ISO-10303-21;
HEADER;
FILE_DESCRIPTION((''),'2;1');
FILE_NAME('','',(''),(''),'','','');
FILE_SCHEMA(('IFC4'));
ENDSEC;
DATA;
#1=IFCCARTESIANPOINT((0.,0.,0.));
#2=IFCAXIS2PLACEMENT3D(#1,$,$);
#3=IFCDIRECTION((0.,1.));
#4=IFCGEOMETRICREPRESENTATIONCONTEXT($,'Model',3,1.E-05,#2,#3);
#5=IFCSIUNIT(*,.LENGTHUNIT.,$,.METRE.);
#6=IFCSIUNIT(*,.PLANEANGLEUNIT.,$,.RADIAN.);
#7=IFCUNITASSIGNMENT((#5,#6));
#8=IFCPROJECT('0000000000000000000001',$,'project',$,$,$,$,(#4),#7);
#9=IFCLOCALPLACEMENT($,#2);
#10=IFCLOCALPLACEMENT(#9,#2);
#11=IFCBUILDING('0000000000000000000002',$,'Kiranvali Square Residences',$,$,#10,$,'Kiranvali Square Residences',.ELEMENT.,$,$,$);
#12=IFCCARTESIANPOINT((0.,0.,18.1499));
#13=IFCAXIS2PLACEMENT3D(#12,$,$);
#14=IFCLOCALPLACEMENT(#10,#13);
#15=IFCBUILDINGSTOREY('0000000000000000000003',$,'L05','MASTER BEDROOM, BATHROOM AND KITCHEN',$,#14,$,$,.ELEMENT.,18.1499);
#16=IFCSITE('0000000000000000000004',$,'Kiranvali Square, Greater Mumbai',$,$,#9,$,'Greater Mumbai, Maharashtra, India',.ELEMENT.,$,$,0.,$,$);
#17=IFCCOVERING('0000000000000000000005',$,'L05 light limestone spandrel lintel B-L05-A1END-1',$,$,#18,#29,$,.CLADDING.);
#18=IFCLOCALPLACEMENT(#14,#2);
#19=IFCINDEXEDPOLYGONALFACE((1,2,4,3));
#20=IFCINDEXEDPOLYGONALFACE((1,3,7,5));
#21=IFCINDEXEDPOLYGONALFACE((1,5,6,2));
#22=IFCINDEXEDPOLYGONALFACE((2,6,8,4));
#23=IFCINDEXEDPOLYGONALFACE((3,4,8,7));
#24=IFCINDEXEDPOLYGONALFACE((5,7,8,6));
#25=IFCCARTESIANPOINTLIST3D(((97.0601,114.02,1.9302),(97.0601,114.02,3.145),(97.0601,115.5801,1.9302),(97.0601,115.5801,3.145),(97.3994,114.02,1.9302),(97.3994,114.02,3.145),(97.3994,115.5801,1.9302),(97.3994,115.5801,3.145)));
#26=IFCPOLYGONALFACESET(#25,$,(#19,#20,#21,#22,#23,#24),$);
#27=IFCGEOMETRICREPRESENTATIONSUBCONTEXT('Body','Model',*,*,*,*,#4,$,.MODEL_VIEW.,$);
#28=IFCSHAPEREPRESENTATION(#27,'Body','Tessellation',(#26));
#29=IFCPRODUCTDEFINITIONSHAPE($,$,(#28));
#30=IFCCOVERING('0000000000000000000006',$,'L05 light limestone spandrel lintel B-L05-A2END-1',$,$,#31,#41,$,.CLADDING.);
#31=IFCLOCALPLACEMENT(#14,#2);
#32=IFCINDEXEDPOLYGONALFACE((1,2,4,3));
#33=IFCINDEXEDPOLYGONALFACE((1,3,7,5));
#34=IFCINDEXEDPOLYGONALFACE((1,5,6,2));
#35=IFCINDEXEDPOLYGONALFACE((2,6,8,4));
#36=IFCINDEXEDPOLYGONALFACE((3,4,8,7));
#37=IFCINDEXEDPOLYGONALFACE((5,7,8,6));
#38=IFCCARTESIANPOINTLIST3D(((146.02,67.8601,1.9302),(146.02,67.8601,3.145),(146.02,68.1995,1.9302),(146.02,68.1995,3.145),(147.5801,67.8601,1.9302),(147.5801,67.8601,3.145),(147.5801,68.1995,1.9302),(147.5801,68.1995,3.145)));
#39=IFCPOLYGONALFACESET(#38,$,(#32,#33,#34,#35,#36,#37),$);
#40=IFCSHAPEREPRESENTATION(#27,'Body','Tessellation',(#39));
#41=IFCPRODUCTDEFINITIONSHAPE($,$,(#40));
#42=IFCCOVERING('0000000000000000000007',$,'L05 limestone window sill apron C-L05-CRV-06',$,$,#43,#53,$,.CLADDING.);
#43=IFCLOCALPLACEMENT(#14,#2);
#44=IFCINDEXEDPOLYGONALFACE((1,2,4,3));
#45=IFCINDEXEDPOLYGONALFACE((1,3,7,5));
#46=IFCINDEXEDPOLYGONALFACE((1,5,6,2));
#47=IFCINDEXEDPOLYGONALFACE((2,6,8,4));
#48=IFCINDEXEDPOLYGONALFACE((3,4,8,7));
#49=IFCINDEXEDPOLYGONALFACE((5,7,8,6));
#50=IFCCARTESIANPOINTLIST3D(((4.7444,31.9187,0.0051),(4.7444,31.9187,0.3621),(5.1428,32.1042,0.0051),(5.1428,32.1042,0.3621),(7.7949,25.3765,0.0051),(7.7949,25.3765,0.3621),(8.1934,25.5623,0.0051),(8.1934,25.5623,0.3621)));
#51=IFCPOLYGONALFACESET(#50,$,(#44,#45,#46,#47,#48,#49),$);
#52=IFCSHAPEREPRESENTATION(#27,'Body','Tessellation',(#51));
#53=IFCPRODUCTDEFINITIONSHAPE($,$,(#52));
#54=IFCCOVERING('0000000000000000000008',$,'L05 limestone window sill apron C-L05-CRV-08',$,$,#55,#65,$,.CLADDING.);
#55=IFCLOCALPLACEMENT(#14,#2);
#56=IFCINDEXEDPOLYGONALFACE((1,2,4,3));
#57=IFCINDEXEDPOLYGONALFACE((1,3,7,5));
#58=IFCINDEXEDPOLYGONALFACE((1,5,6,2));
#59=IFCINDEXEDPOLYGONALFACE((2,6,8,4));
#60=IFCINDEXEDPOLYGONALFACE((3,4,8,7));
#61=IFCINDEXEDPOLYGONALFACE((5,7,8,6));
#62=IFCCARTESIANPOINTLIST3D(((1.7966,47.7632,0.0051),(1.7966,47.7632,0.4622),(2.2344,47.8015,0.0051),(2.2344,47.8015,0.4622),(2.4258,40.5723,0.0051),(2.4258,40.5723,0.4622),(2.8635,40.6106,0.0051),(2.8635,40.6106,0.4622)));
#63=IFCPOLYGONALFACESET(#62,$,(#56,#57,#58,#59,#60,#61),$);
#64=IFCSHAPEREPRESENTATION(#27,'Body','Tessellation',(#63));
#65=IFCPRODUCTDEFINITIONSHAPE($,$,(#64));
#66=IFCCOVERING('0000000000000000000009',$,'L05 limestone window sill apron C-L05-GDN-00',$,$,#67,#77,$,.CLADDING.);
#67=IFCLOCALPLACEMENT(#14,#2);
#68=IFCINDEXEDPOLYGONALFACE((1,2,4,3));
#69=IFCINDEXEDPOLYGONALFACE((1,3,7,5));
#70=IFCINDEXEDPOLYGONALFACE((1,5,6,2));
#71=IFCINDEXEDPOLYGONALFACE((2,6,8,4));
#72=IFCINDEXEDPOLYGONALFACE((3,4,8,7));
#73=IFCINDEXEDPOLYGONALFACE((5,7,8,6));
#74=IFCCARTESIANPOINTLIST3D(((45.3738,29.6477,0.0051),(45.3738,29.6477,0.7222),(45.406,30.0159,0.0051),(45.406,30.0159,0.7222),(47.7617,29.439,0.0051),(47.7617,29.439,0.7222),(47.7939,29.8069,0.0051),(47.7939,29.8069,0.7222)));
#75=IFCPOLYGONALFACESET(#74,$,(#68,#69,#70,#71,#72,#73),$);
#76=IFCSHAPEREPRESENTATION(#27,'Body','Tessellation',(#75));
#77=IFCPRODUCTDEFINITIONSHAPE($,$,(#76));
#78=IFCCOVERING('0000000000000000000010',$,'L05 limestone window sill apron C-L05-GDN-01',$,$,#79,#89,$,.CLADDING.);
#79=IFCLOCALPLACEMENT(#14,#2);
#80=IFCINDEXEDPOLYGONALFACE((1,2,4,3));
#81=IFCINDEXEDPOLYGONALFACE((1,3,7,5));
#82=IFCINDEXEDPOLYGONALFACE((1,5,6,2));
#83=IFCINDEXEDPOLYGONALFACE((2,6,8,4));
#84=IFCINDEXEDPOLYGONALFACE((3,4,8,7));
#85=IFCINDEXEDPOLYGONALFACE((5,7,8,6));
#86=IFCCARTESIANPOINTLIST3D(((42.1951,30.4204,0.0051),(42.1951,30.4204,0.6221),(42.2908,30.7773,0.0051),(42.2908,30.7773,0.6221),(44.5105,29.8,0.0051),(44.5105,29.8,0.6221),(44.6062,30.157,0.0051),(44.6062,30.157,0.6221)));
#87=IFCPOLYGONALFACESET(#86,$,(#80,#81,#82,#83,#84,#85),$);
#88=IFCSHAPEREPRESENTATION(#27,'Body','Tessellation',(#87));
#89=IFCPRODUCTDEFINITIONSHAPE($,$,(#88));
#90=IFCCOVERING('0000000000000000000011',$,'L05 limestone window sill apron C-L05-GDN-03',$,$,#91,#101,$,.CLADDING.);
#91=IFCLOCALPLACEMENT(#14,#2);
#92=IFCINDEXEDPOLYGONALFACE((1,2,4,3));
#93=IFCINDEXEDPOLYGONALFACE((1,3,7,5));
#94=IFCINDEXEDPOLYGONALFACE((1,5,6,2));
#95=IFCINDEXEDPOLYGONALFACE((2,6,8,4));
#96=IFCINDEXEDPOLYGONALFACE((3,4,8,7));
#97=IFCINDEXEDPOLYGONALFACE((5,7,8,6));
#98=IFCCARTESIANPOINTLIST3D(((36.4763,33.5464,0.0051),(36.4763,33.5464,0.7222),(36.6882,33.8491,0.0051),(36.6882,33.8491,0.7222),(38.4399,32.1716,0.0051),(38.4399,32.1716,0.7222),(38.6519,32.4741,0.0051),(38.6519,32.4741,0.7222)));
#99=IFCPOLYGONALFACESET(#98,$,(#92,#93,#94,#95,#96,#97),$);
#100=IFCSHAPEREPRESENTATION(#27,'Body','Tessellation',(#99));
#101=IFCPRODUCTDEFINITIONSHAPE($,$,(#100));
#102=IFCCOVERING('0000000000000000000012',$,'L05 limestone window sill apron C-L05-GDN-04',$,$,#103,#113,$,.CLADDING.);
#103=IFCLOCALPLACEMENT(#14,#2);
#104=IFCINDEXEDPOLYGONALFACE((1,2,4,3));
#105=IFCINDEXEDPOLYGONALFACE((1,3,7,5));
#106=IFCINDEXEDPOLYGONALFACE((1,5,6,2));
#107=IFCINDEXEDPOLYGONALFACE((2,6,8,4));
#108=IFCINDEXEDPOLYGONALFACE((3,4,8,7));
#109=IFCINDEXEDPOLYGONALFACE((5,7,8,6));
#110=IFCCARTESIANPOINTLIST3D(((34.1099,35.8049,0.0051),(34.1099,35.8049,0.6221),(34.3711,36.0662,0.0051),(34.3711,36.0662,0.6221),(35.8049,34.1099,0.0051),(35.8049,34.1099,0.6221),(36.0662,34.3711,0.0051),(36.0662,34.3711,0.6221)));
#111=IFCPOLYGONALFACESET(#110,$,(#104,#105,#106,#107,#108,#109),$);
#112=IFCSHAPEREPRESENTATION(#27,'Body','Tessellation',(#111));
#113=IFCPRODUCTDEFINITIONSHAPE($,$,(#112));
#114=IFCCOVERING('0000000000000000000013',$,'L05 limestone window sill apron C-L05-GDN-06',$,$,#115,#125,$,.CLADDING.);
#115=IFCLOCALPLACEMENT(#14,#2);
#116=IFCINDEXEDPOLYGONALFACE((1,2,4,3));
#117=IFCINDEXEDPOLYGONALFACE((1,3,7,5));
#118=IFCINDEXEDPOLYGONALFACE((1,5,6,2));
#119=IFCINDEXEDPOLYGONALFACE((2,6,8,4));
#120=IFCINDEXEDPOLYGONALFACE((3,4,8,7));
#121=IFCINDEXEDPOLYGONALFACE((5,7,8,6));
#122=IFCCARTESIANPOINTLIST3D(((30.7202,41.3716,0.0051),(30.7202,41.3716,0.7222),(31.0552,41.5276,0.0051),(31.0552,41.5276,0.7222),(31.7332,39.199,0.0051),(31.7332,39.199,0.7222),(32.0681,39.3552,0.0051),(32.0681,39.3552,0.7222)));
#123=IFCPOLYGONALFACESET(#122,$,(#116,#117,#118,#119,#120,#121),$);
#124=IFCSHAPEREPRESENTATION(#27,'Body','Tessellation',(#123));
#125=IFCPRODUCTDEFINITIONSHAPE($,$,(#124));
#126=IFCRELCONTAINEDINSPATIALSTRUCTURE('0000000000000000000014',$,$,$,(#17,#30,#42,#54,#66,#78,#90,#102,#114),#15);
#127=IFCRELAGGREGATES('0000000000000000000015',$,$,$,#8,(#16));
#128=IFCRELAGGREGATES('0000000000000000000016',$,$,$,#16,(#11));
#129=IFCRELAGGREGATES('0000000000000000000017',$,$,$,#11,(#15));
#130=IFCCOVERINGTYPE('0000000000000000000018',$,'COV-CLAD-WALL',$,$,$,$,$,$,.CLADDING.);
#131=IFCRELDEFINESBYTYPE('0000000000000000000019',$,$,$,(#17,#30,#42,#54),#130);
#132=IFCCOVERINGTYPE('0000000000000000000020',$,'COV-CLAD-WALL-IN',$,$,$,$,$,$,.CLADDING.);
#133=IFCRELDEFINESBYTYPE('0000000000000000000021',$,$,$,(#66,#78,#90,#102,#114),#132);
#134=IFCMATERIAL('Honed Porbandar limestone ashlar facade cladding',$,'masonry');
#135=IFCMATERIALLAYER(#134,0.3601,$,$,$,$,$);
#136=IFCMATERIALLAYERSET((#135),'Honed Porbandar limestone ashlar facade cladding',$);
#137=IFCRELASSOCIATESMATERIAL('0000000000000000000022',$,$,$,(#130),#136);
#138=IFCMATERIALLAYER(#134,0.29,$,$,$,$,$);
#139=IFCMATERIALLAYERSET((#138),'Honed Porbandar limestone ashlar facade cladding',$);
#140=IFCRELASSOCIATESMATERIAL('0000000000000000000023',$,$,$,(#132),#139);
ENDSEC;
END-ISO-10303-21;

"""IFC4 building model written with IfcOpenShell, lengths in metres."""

from ifc_helpers import new_model, si_unit, direction, frame, origin, place, context, subcontext, project, spatial, polyline, outline, extrude, material, layer, layer_set, type_object, element, save


model = new_model("IFC4")

# Units and contexts
model_context = context("Model", 3, precision=1e-05, world=origin(), true_north=direction((0.0, 1.0)))
body_context = subcontext(model_context, "Body", "Model", "MODEL_VIEW")
ifc_project = project(units=[si_unit("LENGTHUNIT", "METRE"), si_unit("PLANEANGLEUNIT", "RADIAN")], contexts=[model_context])

# Site, building, storey
site_placement = place(None, origin())
site = spatial("IfcSite", under=ifc_project, at=site_placement, Name="Kiranvali Square, Greater Mumbai", LongName="Greater Mumbai, Maharashtra, India", CompositionType="ELEMENT", RefElevation=0.0)
building_placement = place(site_placement, origin())
building = spatial("IfcBuilding", under=site, at=building_placement, Name="Kiranvali Square Residences", LongName="Kiranvali Square Residences", CompositionType="ELEMENT")
storey_placement = place(building_placement, frame((0.0, 0.0, 18.1499)))
storey = spatial("IfcBuildingStorey", under=building, at=storey_placement, Name="L05", Description="MASTER BEDROOM, BATHROOM AND KITCHEN", CompositionType="ELEMENT", Elevation=18.1499)

# Coverings
ifc_material = material(Name="Honed Porbandar limestone ashlar facade cladding", Category="masonry")
ifc_layer_1 = layer(ifc_material, 0.3601)
ifc_layer_set_1 = layer_set([ifc_layer_1], Name="Honed Porbandar limestone ashlar facade cladding")
covering_type_1 = type_object("IfcCoveringType", Name="COV-CLAD-WALL", PredefinedType="CLADDING", material=ifc_layer_set_1)
covering_1_placement = place(storey_placement, frame((0.0, 0.0, 1.9302)))
element("IfcCovering", 1, at=covering_1_placement, inside=storey, type_object=covering_type_1, Name="L05 light limestone spandrel lintel B-L05-A1END-1", PredefinedType="CLADDING", context=body_context, shape_type="SweptSolid", body=[
    extrude(outline(polyline([(97.3994, 114.02), (97.3994, 115.5801), (97.0601, 115.5801), (97.0601, 114.02), (97.3994, 114.02)])), origin(), (0.0, 0.0, 1.0), 1.2148),
])
covering_2_placement = place(storey_placement, frame((0.0, 0.0, 1.9302)))
element("IfcCovering", 2, at=covering_2_placement, inside=storey, type_object=covering_type_1, Name="L05 light limestone spandrel lintel B-L05-A2END-1", PredefinedType="CLADDING", context=body_context, shape_type="SweptSolid", body=[
    extrude(outline(polyline([(146.02, 67.8601), (147.5801, 67.8601), (147.5801, 68.1995), (146.02, 68.1995), (146.02, 67.8601)])), origin(), (0.0, 0.0, 1.0), 1.2148),
])
covering_3_placement = place(storey_placement, frame((0.0, 0.0, 0.0051)))
element("IfcCovering", 3, at=covering_3_placement, inside=storey, type_object=covering_type_1, Name="L05 limestone window sill apron C-L05-CRV-06", PredefinedType="CLADDING", context=body_context, shape_type="SweptSolid", body=[
    extrude(outline(polyline([(8.1934, 25.5623), (5.1428, 32.1042), (4.7444, 31.9187), (7.7949, 25.3765), (8.1934, 25.5623)])), origin(), (0.0, 0.0, 1.0), 0.3569),
])
covering_4_placement = place(storey_placement, frame((0.0, 0.0, 0.0051)))
element("IfcCovering", 4, at=covering_4_placement, inside=storey, type_object=covering_type_1, Name="L05 limestone window sill apron C-L05-CRV-08", PredefinedType="CLADDING", context=body_context, shape_type="SweptSolid", body=[
    extrude(outline(polyline([(2.8635, 40.6106), (2.2344, 47.8015), (1.7966, 47.7632), (2.4258, 40.5723), (2.8635, 40.6106)])), origin(), (0.0, 0.0, 1.0), 0.457),
])
ifc_layer_2 = layer(ifc_material, 0.29)
ifc_layer_set_2 = layer_set([ifc_layer_2], Name="Honed Porbandar limestone ashlar facade cladding")
covering_type_2 = type_object("IfcCoveringType", Name="COV-CLAD-WALL-IN", PredefinedType="CLADDING", material=ifc_layer_set_2)
covering_5_placement = place(storey_placement, frame((0.0, 0.0, 0.0051)))
element("IfcCovering", 5, at=covering_5_placement, inside=storey, type_object=covering_type_2, Name="L05 limestone window sill apron C-L05-GDN-00", PredefinedType="CLADDING", context=body_context, shape_type="SweptSolid", body=[
    extrude(outline(polyline([(47.7939, 29.8069), (45.406, 30.0159), (45.3738, 29.6477), (47.7617, 29.439), (47.7939, 29.8069)])), origin(), (0.0, 0.0, 1.0), 0.717),
])
covering_6_placement = place(storey_placement, frame((0.0, 0.0, 0.0051)))
element("IfcCovering", 6, at=covering_6_placement, inside=storey, type_object=covering_type_2, Name="L05 limestone window sill apron C-L05-GDN-01", PredefinedType="CLADDING", context=body_context, shape_type="SweptSolid", body=[
    extrude(outline(polyline([(44.6062, 30.157), (42.2908, 30.7773), (42.1951, 30.4204), (44.5105, 29.8), (44.6062, 30.157)])), origin(), (0.0, 0.0, 1.0), 0.6169),
])
covering_7_placement = place(storey_placement, frame((0.0, 0.0, 0.0051)))
element("IfcCovering", 7, at=covering_7_placement, inside=storey, type_object=covering_type_2, Name="L05 limestone window sill apron C-L05-GDN-03", PredefinedType="CLADDING", context=body_context, shape_type="SweptSolid", body=[
    extrude(outline(polyline([(38.6519, 32.4741), (36.6882, 33.8491), (36.4763, 33.5464), (38.4399, 32.1716), (38.6519, 32.4741)])), origin(), (0.0, 0.0, 1.0), 0.717),
])
covering_8_placement = place(storey_placement, frame((0.0, 0.0, 0.0051)))
element("IfcCovering", 8, at=covering_8_placement, inside=storey, type_object=covering_type_2, Name="L05 limestone window sill apron C-L05-GDN-04", PredefinedType="CLADDING", context=body_context, shape_type="SweptSolid", body=[
    extrude(outline(polyline([(36.0662, 34.3711), (34.3711, 36.0662), (34.1099, 35.8049), (35.8049, 34.1099), (36.0662, 34.3711)])), origin(), (0.0, 0.0, 1.0), 0.6169),
])
covering_9_placement = place(storey_placement, frame((0.0, 0.0, 0.0051)))
element("IfcCovering", 9, at=covering_9_placement, inside=storey, type_object=covering_type_2, Name="L05 limestone window sill apron C-L05-GDN-06", PredefinedType="CLADDING", context=body_context, shape_type="SweptSolid", body=[
    extrude(outline(polyline([(32.0681, 39.3552), (31.0552, 41.5276), (30.7202, 41.3716), (31.7332, 39.199), (32.0681, 39.3552)])), origin(), (0.0, 0.0, 1.0), 0.717),
])

save(model, "model.ifc")
